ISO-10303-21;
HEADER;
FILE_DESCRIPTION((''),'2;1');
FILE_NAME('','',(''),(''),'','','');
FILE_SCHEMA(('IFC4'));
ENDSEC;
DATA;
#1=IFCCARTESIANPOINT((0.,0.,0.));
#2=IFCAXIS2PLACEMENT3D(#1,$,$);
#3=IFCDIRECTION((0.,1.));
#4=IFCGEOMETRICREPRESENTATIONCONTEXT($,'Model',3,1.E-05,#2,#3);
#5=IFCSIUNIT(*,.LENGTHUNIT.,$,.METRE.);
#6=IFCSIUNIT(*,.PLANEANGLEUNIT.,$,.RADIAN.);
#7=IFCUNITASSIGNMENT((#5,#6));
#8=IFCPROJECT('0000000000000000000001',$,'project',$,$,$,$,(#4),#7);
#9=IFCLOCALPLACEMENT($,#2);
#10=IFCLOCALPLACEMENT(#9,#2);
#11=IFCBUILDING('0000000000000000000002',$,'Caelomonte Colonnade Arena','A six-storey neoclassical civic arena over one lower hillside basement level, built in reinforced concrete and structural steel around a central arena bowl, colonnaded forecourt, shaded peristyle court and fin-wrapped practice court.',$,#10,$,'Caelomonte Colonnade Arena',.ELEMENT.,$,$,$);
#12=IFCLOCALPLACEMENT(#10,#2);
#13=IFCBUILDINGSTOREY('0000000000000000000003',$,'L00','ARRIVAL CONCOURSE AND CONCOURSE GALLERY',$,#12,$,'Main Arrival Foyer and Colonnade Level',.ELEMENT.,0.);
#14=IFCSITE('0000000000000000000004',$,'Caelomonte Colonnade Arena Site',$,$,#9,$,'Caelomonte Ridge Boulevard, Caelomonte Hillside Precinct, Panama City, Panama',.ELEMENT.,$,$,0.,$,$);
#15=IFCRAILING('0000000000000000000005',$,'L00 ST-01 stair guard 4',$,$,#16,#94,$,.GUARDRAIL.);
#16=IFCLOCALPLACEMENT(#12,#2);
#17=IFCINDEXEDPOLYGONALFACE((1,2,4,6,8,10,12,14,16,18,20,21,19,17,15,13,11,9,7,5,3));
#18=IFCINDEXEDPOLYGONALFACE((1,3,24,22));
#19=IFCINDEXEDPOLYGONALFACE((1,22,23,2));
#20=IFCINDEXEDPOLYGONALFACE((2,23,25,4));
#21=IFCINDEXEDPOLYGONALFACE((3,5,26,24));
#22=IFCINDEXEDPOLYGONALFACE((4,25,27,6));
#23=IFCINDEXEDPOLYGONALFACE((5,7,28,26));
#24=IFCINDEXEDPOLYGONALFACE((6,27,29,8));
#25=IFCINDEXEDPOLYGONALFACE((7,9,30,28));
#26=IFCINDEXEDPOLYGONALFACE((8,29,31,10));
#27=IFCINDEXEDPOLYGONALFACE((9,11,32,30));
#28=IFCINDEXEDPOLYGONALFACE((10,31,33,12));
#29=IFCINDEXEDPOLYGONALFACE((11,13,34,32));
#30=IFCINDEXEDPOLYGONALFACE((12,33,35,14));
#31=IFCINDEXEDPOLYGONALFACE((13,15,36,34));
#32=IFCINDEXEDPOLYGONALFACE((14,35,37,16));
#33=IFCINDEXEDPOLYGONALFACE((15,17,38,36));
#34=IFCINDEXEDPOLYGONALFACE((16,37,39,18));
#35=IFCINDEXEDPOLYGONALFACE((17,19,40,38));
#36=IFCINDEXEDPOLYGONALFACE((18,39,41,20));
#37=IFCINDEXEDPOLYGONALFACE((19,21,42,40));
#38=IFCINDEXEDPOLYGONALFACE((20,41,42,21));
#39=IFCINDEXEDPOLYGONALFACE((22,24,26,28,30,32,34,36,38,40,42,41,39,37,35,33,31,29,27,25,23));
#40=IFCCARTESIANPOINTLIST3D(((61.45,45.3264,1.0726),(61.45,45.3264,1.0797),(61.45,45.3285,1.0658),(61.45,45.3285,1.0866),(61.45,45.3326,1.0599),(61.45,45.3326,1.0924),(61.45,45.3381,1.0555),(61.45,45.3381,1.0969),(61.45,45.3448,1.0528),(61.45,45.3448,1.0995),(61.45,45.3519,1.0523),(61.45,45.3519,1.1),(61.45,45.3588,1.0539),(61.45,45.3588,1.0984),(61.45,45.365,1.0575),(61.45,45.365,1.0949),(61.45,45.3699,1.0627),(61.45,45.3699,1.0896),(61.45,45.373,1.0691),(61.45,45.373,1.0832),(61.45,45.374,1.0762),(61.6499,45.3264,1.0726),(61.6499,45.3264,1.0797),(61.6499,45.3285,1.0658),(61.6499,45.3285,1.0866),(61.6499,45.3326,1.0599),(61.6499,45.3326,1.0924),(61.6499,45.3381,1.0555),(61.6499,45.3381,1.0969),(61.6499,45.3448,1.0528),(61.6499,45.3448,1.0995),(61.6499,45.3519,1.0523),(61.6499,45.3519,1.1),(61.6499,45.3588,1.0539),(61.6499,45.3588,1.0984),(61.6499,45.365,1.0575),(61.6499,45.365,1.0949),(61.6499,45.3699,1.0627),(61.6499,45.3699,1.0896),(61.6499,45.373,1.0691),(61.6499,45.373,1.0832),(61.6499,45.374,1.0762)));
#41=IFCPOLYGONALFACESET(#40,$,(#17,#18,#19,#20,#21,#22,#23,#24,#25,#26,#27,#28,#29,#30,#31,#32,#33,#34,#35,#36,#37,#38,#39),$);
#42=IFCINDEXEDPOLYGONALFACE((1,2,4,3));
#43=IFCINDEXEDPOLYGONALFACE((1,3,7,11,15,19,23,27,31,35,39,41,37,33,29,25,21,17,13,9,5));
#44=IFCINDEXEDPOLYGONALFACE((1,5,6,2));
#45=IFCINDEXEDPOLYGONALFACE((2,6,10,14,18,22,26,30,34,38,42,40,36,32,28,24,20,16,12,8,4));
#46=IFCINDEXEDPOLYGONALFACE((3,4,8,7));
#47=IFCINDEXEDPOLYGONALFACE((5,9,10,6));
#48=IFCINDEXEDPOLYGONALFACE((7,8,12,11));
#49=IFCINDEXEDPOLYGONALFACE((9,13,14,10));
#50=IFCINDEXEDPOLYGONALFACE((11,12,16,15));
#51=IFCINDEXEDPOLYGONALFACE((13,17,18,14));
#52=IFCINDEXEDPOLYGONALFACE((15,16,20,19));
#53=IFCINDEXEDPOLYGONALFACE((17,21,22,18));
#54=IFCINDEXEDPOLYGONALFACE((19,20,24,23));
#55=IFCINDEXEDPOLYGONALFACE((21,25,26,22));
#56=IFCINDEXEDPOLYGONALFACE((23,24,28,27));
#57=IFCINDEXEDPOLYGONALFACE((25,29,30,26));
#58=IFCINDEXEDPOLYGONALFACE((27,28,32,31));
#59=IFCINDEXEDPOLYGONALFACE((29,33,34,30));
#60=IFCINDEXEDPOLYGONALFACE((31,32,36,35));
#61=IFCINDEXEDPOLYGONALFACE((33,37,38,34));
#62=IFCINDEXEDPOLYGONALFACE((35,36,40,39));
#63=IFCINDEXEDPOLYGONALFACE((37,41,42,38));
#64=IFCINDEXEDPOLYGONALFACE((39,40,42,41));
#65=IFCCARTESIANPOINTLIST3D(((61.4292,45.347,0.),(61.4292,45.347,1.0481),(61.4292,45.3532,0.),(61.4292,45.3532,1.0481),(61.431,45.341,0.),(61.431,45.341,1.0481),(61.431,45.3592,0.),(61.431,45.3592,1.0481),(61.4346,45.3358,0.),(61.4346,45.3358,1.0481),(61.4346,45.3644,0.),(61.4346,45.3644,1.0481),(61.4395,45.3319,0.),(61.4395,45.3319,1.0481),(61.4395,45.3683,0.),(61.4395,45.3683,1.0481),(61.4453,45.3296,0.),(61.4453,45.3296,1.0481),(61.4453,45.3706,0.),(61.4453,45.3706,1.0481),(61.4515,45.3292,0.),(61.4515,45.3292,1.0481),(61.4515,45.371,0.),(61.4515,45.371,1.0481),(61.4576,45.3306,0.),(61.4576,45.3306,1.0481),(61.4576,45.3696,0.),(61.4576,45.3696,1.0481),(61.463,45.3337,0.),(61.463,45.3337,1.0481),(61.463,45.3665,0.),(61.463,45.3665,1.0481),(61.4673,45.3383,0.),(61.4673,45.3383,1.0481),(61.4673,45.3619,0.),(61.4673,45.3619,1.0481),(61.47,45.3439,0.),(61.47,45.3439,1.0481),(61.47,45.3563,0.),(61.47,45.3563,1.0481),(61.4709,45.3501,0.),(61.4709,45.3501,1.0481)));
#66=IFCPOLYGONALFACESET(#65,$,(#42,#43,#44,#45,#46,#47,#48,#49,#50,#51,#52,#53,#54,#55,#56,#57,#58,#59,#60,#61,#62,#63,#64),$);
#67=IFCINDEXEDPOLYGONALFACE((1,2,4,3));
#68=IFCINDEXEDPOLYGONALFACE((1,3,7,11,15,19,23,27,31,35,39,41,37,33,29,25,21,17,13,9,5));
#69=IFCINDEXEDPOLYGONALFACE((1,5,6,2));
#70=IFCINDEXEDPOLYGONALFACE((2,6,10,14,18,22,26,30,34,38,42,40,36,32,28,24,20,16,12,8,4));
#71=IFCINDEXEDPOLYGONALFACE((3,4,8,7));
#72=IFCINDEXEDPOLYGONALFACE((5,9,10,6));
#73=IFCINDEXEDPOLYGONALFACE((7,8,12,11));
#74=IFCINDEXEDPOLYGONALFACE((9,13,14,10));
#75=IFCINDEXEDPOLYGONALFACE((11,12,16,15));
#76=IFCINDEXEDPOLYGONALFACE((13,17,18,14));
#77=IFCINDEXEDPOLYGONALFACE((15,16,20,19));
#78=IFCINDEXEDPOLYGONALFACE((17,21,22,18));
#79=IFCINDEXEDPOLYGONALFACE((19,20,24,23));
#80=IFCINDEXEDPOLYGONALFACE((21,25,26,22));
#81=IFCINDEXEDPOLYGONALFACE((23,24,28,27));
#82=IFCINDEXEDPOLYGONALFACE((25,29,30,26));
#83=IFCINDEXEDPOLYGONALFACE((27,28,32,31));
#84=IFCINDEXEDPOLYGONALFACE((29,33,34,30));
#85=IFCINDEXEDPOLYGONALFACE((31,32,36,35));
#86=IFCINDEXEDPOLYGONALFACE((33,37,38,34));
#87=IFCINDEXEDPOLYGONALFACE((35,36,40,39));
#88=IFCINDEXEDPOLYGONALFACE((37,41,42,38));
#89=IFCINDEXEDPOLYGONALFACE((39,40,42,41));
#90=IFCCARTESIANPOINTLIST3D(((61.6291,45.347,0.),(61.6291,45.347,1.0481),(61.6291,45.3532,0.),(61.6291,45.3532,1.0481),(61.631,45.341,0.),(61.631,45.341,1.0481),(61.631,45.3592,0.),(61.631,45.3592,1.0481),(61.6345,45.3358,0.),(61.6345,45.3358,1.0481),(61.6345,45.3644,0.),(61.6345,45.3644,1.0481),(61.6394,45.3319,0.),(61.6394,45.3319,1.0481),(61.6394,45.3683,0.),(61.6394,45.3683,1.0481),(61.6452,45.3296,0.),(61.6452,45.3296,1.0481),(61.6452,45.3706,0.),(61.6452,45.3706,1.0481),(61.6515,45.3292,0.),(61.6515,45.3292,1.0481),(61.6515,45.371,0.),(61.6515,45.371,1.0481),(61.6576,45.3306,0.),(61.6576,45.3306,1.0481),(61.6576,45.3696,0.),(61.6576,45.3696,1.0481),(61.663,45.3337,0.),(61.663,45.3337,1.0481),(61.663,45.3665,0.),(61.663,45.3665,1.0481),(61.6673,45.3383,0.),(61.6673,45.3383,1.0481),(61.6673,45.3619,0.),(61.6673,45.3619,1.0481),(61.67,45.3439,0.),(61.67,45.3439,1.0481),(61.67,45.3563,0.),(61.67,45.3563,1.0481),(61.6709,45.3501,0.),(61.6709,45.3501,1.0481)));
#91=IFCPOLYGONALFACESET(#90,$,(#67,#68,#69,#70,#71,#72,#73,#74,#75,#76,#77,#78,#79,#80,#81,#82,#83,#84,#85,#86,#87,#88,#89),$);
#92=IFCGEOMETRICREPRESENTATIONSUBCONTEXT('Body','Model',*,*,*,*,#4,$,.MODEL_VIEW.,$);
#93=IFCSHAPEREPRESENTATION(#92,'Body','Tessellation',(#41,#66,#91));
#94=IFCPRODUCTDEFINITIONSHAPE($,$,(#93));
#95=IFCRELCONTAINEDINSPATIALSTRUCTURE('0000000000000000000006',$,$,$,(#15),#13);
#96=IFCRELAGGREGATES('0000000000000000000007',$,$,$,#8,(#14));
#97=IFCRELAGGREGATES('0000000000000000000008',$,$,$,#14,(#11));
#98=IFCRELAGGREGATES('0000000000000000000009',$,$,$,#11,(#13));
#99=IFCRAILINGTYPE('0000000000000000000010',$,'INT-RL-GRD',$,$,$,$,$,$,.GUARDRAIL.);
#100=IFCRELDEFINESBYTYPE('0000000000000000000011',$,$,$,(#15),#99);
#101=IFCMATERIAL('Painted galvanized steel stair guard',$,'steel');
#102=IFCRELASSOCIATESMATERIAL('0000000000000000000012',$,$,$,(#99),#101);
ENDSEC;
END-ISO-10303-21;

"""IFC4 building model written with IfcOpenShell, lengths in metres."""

from ifc_helpers import new_model, si_unit, direction, frame, origin, origin_2d, place, context, subcontext, project, spatial, circle, extrude, material, type_object, element, save


model = new_model("IFC4")

# Units and contexts
model_context = context("Model", 3, precision=1e-05, world=origin(), true_north=direction((0.0, 1.0)))
body_context = subcontext(model_context, "Body", "Model", "MODEL_VIEW")
ifc_project = project(units=[si_unit("LENGTHUNIT", "METRE"), si_unit("PLANEANGLEUNIT", "RADIAN")], contexts=[model_context])

# Site, building, storey
site_placement = place(None, origin())
site = spatial("IfcSite", under=ifc_project, at=site_placement, Name="Caelomonte Colonnade Arena Site", LongName="Caelomonte Ridge Boulevard, Caelomonte Hillside Precinct, Panama City, Panama", CompositionType="ELEMENT", RefElevation=0.0)
building_placement = place(site_placement, origin())
building = spatial("IfcBuilding", under=site, at=building_placement, Name="Caelomonte Colonnade Arena", Description="A six-storey neoclassical civic arena over one lower hillside basement level, built in reinforced concrete and structural steel around a central arena bowl, colonnaded forecourt, shaded peristyle court and fin-wrapped practice court.", LongName="Caelomonte Colonnade Arena", CompositionType="ELEMENT")
storey_placement = place(building_placement, origin())
storey = spatial("IfcBuildingStorey", under=building, at=storey_placement, Name="L00", Description="ARRIVAL CONCOURSE AND CONCOURSE GALLERY", LongName="Main Arrival Foyer and Colonnade Level", CompositionType="ELEMENT", Elevation=0.0)

# Railing
ifc_material_1 = material(Name="Painted galvanized steel stair guard", Category="steel")
railing_type_1 = type_object("IfcRailingType", Name="INT-RL-GRD", PredefinedType="GUARDRAIL", material=ifc_material_1)
railing_1_placement = place(storey_placement, frame((61.45, 45.3501, 0.0)))
element("IfcRailing", 1, at=railing_1_placement, inside=storey, type_object=railing_type_1, Name="L00 ST-01 stair guard 4", PredefinedType="GUARDRAIL", context=body_context, shape_type="SweptSolid", body=[
    extrude(circle(Radius=0.0239, at=origin_2d()), frame((0.0, 0.0, 1.0762), z_axis=(1.0, 0.0, 0.0), x_axis=(0.0, 1.0, 0.0)), (0.0, 0.0, 1.0), 0.2),
    extrude(circle(Radius=0.021, at=origin_2d()), origin(), (0.0, 0.0, 1.0), 1.0481),
    extrude(circle(Radius=0.021, at=origin_2d()), frame((0.2, 0.0, 0.0)), (0.0, 0.0, 1.0), 1.0481),
])

save(model, "model.ifc")
